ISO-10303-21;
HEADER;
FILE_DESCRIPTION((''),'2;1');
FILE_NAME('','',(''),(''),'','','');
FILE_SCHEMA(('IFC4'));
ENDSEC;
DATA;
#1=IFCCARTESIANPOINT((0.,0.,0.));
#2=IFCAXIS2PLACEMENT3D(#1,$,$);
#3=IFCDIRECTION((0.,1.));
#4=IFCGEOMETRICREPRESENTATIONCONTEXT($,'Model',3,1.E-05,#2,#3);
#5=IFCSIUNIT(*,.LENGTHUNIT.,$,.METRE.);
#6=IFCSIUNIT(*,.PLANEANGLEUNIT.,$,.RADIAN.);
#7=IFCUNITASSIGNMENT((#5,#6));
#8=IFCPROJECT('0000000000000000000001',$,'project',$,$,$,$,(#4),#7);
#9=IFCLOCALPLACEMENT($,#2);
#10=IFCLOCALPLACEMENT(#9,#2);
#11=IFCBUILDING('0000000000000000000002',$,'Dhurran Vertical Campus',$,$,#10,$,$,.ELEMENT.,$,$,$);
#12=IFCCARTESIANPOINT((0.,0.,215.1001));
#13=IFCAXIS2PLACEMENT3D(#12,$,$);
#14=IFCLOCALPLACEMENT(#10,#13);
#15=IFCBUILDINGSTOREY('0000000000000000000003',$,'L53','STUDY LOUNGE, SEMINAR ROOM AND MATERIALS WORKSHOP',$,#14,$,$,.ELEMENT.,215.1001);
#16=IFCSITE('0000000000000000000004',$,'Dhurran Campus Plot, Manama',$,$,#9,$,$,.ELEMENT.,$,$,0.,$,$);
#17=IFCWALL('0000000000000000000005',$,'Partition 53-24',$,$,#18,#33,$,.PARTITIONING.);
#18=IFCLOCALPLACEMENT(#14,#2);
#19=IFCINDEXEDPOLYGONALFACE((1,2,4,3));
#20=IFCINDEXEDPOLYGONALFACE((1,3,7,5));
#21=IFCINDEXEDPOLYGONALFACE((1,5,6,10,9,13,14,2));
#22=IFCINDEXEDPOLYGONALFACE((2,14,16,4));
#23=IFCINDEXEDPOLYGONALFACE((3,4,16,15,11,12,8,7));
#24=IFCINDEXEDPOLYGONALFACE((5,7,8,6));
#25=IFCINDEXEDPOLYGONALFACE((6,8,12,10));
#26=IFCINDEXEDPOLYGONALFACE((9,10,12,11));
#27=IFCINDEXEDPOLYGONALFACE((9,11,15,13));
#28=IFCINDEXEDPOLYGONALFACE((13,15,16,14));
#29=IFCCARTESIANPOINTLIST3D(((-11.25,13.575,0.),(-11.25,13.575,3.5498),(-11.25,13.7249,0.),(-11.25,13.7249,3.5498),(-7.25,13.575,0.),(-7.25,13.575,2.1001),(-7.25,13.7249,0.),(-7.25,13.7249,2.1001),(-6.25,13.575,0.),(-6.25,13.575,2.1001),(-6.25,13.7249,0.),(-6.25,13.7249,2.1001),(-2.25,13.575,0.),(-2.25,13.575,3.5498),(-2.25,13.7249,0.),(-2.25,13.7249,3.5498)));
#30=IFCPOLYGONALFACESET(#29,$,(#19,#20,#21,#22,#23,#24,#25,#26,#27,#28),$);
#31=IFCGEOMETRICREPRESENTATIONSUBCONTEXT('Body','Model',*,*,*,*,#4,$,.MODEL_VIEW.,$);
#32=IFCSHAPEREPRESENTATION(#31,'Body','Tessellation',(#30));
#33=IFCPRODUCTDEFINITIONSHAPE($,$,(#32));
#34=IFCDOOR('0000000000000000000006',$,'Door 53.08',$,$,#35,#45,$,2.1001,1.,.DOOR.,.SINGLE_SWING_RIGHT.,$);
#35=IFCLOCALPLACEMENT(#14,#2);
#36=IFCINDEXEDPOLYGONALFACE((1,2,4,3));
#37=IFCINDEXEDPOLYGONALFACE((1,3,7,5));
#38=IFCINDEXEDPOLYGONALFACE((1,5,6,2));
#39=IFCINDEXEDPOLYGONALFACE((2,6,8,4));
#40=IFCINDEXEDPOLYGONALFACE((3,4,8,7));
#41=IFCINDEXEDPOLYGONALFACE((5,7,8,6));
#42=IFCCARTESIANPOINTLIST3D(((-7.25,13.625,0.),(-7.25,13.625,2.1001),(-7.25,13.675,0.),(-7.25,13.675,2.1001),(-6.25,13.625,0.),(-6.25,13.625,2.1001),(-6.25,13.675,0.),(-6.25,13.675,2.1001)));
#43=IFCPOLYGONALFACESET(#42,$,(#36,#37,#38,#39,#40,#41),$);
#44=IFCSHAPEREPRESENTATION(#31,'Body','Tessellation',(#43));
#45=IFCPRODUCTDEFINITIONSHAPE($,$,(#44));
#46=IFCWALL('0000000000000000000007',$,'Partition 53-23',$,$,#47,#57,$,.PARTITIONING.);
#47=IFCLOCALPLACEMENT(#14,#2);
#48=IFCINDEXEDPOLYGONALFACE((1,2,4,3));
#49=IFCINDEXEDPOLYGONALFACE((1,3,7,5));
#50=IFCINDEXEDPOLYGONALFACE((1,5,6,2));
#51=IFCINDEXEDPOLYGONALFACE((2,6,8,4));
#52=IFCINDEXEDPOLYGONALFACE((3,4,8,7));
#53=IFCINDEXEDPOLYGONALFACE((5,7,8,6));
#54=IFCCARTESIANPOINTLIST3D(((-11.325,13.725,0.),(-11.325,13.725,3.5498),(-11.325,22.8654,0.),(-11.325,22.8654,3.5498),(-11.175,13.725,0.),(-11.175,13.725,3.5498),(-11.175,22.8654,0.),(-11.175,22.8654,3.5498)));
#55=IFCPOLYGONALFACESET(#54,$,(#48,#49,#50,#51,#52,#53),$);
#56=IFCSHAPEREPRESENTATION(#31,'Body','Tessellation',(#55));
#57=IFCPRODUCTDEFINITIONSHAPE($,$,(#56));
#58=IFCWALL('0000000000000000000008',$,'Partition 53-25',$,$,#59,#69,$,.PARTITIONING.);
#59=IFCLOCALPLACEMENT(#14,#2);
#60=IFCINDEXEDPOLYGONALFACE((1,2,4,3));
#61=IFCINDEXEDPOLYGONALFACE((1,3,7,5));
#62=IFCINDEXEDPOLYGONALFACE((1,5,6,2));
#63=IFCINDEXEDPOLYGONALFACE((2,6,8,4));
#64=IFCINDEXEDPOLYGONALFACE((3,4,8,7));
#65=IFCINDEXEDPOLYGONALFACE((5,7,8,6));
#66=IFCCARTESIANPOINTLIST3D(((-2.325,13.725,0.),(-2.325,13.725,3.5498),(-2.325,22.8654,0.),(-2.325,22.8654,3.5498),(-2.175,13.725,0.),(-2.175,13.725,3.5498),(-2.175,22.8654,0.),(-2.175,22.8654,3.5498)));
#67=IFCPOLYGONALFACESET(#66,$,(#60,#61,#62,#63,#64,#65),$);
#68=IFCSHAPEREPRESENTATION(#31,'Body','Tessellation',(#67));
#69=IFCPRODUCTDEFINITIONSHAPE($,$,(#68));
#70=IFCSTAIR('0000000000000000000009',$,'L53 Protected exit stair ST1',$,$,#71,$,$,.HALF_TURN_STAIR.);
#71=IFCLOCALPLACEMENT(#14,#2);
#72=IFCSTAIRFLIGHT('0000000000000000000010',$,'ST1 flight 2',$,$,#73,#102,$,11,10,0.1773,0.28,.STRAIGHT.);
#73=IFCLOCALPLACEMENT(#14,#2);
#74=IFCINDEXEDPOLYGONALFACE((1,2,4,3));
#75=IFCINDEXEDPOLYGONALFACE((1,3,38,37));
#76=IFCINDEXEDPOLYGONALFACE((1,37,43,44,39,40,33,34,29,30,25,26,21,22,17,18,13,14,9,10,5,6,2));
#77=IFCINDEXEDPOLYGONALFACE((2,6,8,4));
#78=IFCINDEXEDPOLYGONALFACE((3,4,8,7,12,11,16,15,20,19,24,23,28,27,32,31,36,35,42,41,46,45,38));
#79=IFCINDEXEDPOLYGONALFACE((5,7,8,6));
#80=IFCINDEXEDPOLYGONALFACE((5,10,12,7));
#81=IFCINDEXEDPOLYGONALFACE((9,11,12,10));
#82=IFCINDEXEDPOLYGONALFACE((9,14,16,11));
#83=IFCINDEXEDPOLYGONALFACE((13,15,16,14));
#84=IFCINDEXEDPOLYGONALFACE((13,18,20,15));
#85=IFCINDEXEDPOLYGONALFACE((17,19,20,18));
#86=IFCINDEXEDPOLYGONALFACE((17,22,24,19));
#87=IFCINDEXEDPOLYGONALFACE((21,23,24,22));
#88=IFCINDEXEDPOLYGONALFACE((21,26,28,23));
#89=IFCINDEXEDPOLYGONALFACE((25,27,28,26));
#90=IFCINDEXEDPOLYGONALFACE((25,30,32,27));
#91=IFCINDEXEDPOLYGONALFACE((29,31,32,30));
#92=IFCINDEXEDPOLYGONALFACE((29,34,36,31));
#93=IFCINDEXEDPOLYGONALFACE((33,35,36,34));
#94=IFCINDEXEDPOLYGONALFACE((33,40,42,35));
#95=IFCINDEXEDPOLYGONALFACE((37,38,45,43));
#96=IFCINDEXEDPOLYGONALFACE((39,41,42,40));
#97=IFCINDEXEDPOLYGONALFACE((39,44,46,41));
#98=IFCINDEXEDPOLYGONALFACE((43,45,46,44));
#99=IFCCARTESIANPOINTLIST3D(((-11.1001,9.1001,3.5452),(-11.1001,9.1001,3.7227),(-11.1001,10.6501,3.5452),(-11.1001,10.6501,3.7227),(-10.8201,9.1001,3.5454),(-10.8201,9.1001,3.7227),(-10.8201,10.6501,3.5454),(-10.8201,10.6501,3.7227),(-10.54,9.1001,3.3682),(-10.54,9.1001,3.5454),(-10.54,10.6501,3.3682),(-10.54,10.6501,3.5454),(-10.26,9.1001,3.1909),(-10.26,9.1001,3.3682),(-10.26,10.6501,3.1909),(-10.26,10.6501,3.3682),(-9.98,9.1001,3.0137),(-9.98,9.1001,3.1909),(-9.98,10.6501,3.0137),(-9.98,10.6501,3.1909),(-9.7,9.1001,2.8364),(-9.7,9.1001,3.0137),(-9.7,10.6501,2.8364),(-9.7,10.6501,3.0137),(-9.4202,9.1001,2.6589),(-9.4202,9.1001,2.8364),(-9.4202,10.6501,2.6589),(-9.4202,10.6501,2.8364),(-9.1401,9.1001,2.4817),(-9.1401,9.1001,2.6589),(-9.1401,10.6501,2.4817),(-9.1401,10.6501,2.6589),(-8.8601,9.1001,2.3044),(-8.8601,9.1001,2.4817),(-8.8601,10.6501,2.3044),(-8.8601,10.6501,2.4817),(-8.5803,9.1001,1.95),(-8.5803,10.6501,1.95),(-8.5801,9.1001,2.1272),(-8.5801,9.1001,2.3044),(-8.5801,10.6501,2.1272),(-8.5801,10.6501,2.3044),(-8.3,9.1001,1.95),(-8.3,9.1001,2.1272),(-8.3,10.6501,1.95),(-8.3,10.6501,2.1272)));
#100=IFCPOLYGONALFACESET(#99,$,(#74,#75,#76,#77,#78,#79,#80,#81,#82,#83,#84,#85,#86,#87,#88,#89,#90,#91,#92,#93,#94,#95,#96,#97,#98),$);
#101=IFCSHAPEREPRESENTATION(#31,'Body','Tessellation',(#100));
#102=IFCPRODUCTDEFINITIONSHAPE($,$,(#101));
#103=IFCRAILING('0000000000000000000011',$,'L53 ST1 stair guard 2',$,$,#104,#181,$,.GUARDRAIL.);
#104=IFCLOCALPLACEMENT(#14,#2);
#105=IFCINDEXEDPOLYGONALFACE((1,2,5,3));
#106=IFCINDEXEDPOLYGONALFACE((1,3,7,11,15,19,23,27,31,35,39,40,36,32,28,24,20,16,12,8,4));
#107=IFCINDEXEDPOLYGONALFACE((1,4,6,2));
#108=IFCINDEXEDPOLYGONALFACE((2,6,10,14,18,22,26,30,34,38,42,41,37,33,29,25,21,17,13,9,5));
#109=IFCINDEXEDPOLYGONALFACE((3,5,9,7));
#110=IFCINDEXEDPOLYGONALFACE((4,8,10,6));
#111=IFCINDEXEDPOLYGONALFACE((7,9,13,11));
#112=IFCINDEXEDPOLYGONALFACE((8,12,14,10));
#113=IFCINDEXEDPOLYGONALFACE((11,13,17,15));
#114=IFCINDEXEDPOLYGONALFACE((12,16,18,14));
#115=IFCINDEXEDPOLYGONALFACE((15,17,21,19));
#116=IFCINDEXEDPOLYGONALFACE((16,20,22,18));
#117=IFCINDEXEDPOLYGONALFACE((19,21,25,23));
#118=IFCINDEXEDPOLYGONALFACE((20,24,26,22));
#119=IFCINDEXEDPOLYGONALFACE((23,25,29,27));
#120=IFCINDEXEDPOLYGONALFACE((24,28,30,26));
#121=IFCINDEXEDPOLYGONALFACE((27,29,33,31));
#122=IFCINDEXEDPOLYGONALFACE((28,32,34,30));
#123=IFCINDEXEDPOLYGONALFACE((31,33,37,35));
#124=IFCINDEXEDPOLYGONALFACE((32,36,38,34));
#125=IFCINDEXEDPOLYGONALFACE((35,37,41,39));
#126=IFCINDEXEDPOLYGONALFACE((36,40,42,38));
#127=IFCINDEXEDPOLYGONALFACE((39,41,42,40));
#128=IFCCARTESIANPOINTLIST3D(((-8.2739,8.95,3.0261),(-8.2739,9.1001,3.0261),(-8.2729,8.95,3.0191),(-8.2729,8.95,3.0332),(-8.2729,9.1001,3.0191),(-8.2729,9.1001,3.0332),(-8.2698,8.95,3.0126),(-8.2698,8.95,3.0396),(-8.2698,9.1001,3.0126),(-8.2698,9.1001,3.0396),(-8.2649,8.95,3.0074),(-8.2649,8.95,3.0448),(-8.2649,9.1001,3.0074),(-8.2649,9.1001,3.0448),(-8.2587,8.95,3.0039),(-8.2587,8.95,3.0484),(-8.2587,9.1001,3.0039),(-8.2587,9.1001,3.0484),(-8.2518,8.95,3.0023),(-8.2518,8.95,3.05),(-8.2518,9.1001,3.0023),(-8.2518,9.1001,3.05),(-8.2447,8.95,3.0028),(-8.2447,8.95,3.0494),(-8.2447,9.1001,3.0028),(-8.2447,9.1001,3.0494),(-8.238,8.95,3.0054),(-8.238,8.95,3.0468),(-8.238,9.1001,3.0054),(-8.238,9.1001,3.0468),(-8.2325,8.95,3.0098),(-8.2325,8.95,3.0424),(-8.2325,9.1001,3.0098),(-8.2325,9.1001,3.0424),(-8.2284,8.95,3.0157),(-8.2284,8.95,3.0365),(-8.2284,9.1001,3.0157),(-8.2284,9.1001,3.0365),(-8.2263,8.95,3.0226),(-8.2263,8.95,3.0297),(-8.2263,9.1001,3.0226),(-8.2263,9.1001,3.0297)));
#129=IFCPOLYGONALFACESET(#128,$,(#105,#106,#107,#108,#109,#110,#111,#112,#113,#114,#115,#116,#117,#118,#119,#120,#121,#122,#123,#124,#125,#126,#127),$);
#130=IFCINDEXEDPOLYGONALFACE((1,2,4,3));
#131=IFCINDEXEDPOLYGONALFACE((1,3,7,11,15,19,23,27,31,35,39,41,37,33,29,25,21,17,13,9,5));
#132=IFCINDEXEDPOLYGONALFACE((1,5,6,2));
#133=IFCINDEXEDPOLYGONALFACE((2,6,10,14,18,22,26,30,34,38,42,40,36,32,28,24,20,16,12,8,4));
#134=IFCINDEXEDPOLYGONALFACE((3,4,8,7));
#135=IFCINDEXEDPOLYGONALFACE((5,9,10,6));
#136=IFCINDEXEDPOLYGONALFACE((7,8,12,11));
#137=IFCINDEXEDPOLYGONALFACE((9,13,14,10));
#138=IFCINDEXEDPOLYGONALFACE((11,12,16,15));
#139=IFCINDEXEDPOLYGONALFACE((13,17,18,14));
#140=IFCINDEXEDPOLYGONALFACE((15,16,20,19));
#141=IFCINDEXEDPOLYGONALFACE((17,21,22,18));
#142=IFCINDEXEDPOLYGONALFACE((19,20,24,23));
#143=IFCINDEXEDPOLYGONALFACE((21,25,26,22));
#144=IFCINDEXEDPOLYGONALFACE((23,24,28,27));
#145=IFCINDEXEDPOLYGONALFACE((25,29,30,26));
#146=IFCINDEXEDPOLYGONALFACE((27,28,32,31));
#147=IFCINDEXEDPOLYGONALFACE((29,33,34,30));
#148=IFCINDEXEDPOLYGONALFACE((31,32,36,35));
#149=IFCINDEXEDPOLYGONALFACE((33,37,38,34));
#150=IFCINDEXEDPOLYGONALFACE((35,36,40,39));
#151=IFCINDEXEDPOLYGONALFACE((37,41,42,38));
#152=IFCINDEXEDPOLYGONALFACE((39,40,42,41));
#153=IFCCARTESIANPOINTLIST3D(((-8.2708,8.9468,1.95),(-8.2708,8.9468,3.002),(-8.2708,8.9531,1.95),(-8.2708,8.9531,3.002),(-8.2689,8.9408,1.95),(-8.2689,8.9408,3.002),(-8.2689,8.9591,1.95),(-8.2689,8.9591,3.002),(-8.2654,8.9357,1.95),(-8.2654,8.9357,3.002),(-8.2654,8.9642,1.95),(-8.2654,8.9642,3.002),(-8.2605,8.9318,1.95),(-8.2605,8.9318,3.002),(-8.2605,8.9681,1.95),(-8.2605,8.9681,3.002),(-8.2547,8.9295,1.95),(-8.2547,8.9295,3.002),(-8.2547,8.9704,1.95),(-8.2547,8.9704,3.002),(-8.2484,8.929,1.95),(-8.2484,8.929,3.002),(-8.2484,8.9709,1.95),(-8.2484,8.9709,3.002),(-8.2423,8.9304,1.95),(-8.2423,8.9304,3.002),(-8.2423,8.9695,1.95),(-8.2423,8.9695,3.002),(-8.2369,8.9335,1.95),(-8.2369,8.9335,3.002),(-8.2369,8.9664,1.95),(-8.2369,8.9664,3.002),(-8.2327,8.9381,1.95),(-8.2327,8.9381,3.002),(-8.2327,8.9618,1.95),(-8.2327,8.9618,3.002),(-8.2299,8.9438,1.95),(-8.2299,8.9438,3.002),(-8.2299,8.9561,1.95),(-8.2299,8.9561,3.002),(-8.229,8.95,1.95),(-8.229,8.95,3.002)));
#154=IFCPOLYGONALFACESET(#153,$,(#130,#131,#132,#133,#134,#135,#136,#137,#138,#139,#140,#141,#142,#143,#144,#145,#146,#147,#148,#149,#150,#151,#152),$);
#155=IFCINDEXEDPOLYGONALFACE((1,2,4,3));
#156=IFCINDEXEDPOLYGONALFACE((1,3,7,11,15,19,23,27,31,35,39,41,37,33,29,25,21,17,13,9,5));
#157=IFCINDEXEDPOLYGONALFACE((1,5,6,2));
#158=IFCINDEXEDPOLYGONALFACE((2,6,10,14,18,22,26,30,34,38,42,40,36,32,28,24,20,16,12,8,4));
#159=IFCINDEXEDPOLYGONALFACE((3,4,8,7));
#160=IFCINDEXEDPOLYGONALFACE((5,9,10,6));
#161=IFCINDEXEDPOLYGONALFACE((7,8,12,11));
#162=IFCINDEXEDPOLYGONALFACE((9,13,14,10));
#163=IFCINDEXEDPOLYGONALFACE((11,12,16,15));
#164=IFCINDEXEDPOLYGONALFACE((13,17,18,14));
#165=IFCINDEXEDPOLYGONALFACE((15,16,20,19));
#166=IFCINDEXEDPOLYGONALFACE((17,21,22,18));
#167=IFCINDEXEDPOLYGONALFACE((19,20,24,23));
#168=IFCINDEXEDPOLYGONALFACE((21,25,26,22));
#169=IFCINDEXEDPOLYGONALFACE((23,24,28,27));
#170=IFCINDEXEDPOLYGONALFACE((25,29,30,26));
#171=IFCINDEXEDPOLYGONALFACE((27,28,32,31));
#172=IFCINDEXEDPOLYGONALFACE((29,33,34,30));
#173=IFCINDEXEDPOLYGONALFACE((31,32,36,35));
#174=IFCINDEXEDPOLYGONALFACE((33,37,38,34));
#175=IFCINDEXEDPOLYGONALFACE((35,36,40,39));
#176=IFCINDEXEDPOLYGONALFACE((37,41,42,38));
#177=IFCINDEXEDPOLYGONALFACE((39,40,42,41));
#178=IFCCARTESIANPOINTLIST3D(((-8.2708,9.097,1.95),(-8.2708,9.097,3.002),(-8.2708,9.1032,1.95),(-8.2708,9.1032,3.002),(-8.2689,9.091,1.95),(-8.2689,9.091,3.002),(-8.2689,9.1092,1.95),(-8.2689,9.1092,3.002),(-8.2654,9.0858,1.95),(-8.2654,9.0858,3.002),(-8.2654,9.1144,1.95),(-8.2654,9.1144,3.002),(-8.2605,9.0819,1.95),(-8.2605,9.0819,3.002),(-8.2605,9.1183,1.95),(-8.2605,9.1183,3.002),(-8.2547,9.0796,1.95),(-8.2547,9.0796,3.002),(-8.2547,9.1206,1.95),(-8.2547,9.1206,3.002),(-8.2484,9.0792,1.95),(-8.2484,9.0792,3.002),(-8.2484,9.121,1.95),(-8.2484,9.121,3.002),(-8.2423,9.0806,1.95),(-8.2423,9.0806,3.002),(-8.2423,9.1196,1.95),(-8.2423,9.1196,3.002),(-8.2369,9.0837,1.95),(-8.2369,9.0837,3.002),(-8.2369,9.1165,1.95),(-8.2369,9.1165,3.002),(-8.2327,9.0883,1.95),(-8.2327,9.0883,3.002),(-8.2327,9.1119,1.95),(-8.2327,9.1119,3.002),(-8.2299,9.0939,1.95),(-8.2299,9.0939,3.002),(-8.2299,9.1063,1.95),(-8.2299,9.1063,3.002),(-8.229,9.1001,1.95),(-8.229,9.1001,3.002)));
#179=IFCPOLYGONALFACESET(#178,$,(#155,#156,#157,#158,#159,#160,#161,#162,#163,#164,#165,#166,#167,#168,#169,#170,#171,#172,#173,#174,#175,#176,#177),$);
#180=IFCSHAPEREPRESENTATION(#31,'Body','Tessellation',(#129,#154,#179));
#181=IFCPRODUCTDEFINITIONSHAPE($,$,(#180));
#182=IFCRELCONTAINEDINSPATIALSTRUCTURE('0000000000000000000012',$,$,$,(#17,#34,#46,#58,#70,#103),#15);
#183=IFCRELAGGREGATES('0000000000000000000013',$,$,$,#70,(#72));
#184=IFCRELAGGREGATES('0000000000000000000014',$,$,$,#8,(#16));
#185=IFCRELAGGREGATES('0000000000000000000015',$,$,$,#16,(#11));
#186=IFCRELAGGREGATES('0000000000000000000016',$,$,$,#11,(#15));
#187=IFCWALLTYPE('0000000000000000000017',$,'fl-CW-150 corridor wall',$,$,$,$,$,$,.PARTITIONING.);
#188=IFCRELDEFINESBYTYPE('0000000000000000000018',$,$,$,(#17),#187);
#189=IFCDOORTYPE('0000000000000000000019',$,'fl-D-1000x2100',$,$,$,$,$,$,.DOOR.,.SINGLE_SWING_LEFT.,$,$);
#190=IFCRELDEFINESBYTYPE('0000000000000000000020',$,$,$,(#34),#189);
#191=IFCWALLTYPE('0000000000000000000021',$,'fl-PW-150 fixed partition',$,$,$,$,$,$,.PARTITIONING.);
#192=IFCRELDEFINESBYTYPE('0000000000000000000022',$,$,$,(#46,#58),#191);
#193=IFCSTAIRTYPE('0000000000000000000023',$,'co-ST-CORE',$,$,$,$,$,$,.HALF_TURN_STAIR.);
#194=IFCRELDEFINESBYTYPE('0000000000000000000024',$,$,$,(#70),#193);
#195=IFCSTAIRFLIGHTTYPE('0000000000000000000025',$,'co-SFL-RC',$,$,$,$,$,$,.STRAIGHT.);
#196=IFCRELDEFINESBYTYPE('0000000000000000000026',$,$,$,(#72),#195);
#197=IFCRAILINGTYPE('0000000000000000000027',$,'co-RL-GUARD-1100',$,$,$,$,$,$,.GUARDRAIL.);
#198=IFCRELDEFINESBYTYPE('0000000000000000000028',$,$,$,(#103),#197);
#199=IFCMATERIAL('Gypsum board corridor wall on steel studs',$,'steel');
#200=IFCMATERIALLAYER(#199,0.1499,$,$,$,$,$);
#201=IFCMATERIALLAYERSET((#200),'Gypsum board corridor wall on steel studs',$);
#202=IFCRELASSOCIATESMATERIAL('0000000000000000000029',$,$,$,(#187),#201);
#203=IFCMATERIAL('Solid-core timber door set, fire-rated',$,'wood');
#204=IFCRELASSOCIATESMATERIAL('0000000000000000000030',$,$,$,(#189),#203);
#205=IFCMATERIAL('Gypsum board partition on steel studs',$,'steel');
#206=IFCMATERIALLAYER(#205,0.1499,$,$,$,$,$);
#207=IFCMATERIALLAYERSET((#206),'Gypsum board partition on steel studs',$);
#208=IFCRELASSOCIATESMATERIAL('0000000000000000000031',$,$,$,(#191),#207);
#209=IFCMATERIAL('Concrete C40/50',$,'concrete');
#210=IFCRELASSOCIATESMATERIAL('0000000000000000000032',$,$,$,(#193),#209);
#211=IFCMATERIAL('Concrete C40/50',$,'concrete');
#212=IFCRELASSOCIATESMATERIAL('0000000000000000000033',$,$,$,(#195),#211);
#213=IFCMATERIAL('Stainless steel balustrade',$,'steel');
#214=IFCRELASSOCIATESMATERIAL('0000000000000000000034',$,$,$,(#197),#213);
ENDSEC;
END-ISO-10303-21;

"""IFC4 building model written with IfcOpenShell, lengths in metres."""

from ifc_helpers import new_model, si_unit, direction, frame, frame_2d, origin, origin_2d, place, context, subcontext, project, spatial, polyline, rectangle, circle, outline, extrude, material, layer, layer_set, type_object, element, fill, aggregate, save


model = new_model("IFC4")

# Units and contexts
model_context = context("Model", 3, precision=1e-05, world=origin(), true_north=direction((0.0, 1.0)))
body_context = subcontext(model_context, "Body", "Model", "MODEL_VIEW")
ifc_project = project(units=[si_unit("LENGTHUNIT", "METRE"), si_unit("PLANEANGLEUNIT", "RADIAN")], contexts=[model_context])

# Site, building, storey
site_placement = place(None, origin())
site = spatial("IfcSite", under=ifc_project, at=site_placement, Name="Dhurran Campus Plot, Manama", CompositionType="ELEMENT", RefElevation=0.0)
building_placement = place(site_placement, origin())
building = spatial("IfcBuilding", under=site, at=building_placement, Name="Dhurran Vertical Campus", CompositionType="ELEMENT")
storey_placement = place(building_placement, frame((0.0, 0.0, 215.1001)))
storey = spatial("IfcBuildingStorey", under=building, at=storey_placement, Name="L53", Description="STUDY LOUNGE, SEMINAR ROOM AND MATERIALS WORKSHOP", CompositionType="ELEMENT", Elevation=215.1001)

# Wall, opening, door
ifc_material_1 = material(Name="Gypsum board corridor wall on steel studs", Category="steel")
ifc_layer_1 = layer(ifc_material_1, 0.1499)
ifc_layer_set_1 = layer_set([ifc_layer_1], Name="Gypsum board corridor wall on steel studs")
wall_type_1 = type_object("IfcWallType", Name="fl-CW-150 corridor wall", PredefinedType="PARTITIONING", material=ifc_layer_set_1)
ifc_material_2 = material(Name="Solid-core timber door set, fire-rated", Category="wood")
door_type = type_object("IfcDoorType", Name="fl-D-1000x2100", OperationType="SINGLE_SWING_LEFT", PredefinedType="DOOR", material=ifc_material_2)
wall_1_placement = place(storey_placement, frame((-2.25, 13.6499, 0.0), z_axis=(0.0, 0.0, 1.0), x_axis=(-1.0, 0.0, 0.0)))
wall_1 = element("IfcWall", 1, at=wall_1_placement, inside=storey, type_object=wall_type_1, Name="Partition 53-24", PredefinedType="PARTITIONING", context=body_context, shape_type="SweptSolid", body=[
    extrude(rectangle(XDim=9.0, YDim=0.1499, at=frame_2d((4.5, 0.0))), origin(), (0.0, 0.0, 1.0), 3.5498),
])
opening_1_placement = place(wall_1_placement, frame((4.0, 0.0, 0.0)))
opening_1 = element("IfcOpeningElement", 2, at=opening_1_placement, cuts=wall_1, PredefinedType="OPENING", context=body_context, shape_type="SweptSolid", body=[
    extrude(rectangle(XDim=1.0, YDim=2.1001, at=frame_2d((0.5, 1.05))), frame((0.0, 0.085, 0.0), z_axis=(0.0, -1.0, 0.0), x_axis=(1.0, 0.0, 0.0)), (0.0, 0.0, 1.0), 0.1699),
])
door_1_placement = place(opening_1_placement, origin())
door_1 = element("IfcDoor", 3, at=door_1_placement, inside=storey, type_object=door_type, Name="Door 53.08", OperationType="SINGLE_SWING_RIGHT", OverallHeight=2.1001, OverallWidth=1.0, PredefinedType="DOOR", context=body_context, shape_type="SweptSolid", body=[
    extrude(rectangle(XDim=1.0, YDim=2.1001, at=frame_2d((0.5, 1.05))), frame((0.0, 0.0249, 0.0), z_axis=(0.0, -1.0, 0.0), x_axis=(1.0, 0.0, 0.0)), (0.0, 0.0, 1.0), 0.05),
])
fill(opening_1, door_1)

# Walls
ifc_material_3 = material(Name="Gypsum board partition on steel studs", Category="steel")
ifc_layer_2 = layer(ifc_material_3, 0.1499)
ifc_layer_set_2 = layer_set([ifc_layer_2], Name="Gypsum board partition on steel studs")
wall_type_2 = type_object("IfcWallType", Name="fl-PW-150 fixed partition", PredefinedType="PARTITIONING", material=ifc_layer_set_2)
for number, where, z_axis, x_axis, name in (
    (4, (-11.25, 22.8655, 0.0), (0.0, 0.0, 1.0), (0.0, -1.0, 0.0), "Partition 53-23"),
    (5, (-2.25, 22.8655, 0.0), (0.0, 0.0, 1.0), (0.0, -1.0, 0.0), "Partition 53-25"),
):
    element("IfcWall", number, at=place(storey_placement, frame(where, z_axis=z_axis, x_axis=x_axis)), inside=storey, type_object=wall_type_2, Name=name, PredefinedType="PARTITIONING", context=body_context, shape_type="SweptSolid", body=[
        extrude(rectangle(XDim=9.1404, YDim=0.1499, at=frame_2d((4.5703, 0.0))), origin(), (0.0, 0.0, 1.0), 3.5498),
    ])

# Stair, stair flight
ifc_material_4 = material(Name="Concrete C40/50", Category="concrete")
stair_type = type_object("IfcStairType", Name="co-ST-CORE", PredefinedType="HALF_TURN_STAIR", material=ifc_material_4)
stair_placement = place(storey_placement, origin())
stair = element("IfcStair", 6, at=stair_placement, inside=storey, type_object=stair_type, Name="L53 Protected exit stair ST1", PredefinedType="HALF_TURN_STAIR")
ifc_material_5 = material(Name="Concrete C40/50", Category="concrete")
stair_flight_type = type_object("IfcStairFlightType", Name="co-SFL-RC", PredefinedType="STRAIGHT", material=ifc_material_5)
stair_flight_placement = place(storey_placement, frame((-8.3, 9.875, 1.95), z_axis=(0.0, 0.0, 1.0), x_axis=(-1.0, 0.0, 0.0)))
stair_flight = element("IfcStairFlight", 7, at=stair_flight_placement, type_object=stair_flight_type, Name="ST1 flight 2", NumberOfRisers=11, NumberOfTreads=10, PredefinedType="STRAIGHT", RiserHeight=0.1773, TreadLength=0.28, context=body_context, shape_type="SweptSolid", body=[
    extrude(outline(polyline([(0.0, 0.0), (0.0, 0.1772), (0.28, 0.1772), (0.28, 0.3545), (0.5601, 0.3545), (0.5601, 0.5317), (0.8401, 0.5317), (0.8401, 0.709), (1.1201, 0.709), (1.1201, 0.8865), (1.3999, 0.8865), (1.3999, 1.0637), (1.6799, 1.0637), (1.6799, 1.241), (1.96, 1.241), (1.96, 1.4182), (2.24, 1.4182), (2.24, 1.5955), (2.52, 1.5955), (2.52, 1.7727), (2.8, 1.7727), (2.8, 1.95), (2.8, 1.5952), (0.2803, 0.0), (0.0, 0.0)])), frame((0.0, 0.7749, 0.0), z_axis=(0.0, -1.0, 0.0), x_axis=(1.0, 0.0, 0.0)), (0.0, 0.0, 1.0), 1.55),
])
aggregate(stair, [stair_flight])

# Railing
ifc_material_6 = material(Name="Stainless steel balustrade", Category="steel")
railing_type_1 = type_object("IfcRailingType", Name="co-RL-GUARD-1100", PredefinedType="GUARDRAIL", material=ifc_material_6)
railing_1_placement = place(storey_placement, frame((-8.25, 8.95, 1.95)))
element("IfcRailing", 8, at=railing_1_placement, inside=storey, type_object=railing_type_1, Name="L53 ST1 stair guard 2", PredefinedType="GUARDRAIL", context=body_context, shape_type="SweptSolid", body=[
    extrude(circle(Radius=0.0239, at=origin_2d()), frame((0.0, 0.0, 1.0762), z_axis=(0.0, 1.0, 0.0), x_axis=(-1.0, 0.0, 0.0)), (0.0, 0.0, 1.0), 0.1501),
    extrude(circle(Radius=0.021, at=origin_2d()), origin(), (0.0, 0.0, 1.0), 1.052),
    extrude(circle(Radius=0.021, at=origin_2d()), frame((0.0, 0.1501, 0.0)), (0.0, 0.0, 1.0), 1.052),
])

save(model, "model.ifc")
